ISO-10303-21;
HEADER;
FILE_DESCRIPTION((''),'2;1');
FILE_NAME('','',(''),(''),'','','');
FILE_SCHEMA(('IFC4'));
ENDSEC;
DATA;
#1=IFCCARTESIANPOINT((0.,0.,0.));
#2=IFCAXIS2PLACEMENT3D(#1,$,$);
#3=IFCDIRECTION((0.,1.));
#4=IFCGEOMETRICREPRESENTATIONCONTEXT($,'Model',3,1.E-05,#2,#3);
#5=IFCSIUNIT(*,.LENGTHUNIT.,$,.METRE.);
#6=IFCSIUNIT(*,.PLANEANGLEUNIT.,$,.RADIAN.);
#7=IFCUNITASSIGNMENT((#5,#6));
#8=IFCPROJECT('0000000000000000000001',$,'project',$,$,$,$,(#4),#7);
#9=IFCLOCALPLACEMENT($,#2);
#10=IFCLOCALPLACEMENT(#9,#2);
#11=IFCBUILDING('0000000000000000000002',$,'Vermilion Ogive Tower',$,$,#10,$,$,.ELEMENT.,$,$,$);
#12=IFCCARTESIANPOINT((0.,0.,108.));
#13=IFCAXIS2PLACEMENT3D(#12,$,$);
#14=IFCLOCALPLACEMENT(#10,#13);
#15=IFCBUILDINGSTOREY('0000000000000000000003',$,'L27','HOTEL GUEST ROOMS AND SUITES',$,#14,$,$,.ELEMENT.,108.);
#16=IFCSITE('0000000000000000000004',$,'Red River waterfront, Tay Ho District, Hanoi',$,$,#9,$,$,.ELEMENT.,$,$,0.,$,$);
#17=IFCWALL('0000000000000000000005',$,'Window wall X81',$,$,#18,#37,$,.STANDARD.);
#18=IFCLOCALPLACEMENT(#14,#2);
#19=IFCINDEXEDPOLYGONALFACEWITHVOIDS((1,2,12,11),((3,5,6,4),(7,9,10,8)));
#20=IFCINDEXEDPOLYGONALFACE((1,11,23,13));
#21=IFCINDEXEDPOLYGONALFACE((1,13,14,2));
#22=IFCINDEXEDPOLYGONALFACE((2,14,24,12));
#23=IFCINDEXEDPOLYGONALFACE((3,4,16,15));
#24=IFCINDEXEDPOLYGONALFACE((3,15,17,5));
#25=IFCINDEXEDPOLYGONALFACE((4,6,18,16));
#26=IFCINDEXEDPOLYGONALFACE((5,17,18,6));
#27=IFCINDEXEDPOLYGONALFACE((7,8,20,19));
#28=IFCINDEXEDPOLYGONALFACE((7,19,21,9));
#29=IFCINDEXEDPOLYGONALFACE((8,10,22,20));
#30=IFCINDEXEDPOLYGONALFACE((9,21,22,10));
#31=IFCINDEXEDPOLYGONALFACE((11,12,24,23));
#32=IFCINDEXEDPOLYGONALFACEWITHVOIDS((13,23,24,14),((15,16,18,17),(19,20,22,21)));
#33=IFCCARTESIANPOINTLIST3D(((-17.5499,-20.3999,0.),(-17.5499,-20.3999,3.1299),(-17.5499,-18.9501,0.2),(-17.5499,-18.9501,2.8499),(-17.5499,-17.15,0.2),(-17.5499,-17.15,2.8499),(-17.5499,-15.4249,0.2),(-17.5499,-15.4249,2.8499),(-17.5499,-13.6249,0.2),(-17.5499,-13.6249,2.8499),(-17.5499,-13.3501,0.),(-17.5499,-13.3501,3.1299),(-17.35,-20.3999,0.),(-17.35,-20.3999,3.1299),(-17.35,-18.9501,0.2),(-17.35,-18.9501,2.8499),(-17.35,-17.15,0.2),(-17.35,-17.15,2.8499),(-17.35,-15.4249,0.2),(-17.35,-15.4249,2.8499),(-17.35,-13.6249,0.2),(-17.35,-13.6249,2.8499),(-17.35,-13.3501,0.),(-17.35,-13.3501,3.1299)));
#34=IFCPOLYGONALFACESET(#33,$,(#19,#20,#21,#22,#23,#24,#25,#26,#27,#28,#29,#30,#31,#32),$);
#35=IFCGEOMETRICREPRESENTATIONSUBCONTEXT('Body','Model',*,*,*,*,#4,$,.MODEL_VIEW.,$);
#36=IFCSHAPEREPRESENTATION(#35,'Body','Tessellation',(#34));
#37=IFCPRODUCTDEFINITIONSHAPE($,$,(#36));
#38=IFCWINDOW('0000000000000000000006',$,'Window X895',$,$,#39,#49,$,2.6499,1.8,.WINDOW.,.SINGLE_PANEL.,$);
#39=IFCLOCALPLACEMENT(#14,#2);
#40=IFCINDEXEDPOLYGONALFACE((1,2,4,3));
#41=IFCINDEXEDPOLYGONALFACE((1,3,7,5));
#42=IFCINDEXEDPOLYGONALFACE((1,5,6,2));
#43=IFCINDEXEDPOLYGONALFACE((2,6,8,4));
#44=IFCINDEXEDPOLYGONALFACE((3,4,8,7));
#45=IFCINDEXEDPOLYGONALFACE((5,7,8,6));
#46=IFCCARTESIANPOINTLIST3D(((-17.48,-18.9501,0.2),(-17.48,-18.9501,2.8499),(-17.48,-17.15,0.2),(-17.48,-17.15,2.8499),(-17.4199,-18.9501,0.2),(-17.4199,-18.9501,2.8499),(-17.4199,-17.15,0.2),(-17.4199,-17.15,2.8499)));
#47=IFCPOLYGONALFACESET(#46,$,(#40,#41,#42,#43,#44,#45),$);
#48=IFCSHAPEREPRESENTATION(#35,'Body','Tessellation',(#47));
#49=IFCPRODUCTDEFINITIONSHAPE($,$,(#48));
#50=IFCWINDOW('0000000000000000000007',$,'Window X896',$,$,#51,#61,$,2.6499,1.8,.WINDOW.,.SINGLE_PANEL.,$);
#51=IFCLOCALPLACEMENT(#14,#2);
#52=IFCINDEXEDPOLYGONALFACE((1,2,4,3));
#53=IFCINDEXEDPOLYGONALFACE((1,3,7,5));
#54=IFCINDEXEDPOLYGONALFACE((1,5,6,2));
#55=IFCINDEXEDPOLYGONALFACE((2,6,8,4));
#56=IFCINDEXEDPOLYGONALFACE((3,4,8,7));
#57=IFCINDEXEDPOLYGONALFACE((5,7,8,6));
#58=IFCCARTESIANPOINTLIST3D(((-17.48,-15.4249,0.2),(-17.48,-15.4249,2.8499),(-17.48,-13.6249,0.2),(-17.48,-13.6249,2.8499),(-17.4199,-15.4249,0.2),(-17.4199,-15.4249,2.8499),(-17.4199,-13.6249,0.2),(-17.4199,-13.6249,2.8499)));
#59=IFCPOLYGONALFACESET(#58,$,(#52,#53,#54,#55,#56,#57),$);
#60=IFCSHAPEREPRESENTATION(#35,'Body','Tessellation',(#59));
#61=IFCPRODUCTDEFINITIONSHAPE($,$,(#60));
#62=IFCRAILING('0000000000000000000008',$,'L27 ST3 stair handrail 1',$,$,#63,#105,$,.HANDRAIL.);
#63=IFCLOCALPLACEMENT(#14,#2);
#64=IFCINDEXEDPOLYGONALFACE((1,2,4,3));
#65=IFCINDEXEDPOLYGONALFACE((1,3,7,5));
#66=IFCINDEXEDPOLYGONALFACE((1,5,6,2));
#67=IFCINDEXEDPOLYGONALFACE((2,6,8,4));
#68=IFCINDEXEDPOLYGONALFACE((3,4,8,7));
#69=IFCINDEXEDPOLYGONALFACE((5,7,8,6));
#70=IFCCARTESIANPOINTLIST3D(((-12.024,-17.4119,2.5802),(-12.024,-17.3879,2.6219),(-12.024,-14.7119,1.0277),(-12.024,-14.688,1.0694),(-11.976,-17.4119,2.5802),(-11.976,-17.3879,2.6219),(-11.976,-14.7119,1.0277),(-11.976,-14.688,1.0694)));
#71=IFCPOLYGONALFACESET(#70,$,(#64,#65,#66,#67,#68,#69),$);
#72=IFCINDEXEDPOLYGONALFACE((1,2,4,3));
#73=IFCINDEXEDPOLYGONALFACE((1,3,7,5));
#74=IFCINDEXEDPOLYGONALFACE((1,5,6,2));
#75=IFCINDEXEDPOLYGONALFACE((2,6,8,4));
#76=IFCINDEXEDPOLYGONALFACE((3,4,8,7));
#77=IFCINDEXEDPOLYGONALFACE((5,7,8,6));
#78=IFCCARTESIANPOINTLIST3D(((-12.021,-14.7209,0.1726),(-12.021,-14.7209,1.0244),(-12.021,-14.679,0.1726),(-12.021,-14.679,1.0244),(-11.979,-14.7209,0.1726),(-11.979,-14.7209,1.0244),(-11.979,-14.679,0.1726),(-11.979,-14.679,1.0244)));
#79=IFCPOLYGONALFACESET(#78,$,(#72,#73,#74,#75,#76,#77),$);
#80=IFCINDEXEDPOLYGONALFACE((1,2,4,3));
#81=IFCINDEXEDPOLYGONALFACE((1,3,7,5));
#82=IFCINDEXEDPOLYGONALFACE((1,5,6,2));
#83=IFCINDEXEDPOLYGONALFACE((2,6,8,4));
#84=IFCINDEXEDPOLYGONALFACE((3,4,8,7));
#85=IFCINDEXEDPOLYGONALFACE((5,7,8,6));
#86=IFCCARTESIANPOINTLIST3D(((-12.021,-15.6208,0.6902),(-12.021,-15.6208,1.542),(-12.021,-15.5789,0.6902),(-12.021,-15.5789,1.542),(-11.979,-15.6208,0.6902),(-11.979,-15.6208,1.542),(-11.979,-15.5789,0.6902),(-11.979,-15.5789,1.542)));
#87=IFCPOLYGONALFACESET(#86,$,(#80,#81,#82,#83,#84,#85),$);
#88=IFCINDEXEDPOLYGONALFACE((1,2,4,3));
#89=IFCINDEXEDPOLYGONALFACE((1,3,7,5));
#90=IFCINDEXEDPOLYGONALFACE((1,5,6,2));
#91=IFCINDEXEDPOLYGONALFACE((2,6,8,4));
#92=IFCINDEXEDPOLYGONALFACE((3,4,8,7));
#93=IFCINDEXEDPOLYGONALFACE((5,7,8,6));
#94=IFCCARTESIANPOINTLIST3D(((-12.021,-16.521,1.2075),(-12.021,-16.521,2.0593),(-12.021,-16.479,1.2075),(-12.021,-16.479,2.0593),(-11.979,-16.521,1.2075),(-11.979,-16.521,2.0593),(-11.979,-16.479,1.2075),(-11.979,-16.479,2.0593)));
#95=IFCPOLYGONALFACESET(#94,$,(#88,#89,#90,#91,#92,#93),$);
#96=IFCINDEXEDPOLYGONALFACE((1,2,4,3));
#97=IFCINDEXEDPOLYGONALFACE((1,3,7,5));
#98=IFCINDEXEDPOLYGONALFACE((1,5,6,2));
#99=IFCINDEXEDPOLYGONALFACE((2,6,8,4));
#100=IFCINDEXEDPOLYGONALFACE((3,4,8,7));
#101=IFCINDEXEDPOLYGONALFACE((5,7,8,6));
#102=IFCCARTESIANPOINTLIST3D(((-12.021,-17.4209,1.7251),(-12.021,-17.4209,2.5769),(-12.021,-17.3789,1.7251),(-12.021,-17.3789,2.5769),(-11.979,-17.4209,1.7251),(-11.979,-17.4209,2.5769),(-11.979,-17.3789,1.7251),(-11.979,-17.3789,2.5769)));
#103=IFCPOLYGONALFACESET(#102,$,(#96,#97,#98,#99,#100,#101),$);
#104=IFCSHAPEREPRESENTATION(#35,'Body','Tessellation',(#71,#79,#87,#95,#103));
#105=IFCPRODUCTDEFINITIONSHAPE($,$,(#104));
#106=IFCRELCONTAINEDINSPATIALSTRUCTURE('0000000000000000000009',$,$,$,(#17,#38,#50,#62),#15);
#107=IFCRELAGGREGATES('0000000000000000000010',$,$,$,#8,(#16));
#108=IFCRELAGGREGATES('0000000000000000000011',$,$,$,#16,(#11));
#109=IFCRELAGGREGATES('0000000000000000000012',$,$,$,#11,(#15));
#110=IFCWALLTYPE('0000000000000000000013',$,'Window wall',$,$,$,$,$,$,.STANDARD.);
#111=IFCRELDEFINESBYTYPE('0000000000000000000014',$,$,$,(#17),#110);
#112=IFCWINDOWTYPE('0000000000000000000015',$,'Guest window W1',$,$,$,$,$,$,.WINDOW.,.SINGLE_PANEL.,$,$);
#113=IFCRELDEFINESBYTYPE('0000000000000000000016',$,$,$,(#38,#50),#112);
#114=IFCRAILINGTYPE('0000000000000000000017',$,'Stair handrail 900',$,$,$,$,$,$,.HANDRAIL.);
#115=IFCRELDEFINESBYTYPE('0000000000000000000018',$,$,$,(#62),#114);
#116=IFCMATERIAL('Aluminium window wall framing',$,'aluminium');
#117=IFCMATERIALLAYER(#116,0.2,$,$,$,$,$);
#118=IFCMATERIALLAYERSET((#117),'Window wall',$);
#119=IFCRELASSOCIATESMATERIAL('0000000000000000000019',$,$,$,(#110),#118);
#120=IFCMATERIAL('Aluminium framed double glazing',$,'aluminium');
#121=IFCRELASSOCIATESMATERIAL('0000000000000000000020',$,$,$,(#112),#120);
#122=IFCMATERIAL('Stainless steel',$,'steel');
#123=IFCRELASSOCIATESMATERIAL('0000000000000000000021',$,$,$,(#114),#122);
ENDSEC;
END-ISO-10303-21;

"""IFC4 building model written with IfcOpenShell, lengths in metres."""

from ifc_helpers import new_model, si_unit, direction, frame, frame_2d, origin, origin_2d, place, context, subcontext, project, spatial, rectangle, extrude, material, layer, layer_set, type_object, element, fill, save


model = new_model("IFC4")

# Units and contexts
model_context = context("Model", 3, precision=1e-05, world=origin(), true_north=direction((0.0, 1.0)))
body_context = subcontext(model_context, "Body", "Model", "MODEL_VIEW")
ifc_project = project(units=[si_unit("LENGTHUNIT", "METRE"), si_unit("PLANEANGLEUNIT", "RADIAN")], contexts=[model_context])

# Site, building, storey
site_placement = place(None, origin())
site = spatial("IfcSite", under=ifc_project, at=site_placement, Name="Red River waterfront, Tay Ho District, Hanoi", CompositionType="ELEMENT", RefElevation=0.0)
building_placement = place(site_placement, origin())
building = spatial("IfcBuilding", under=site, at=building_placement, Name="Vermilion Ogive Tower", CompositionType="ELEMENT")
storey_placement = place(building_placement, frame((0.0, 0.0, 108.0)))
storey = spatial("IfcBuildingStorey", under=building, at=storey_placement, Name="L27", Description="HOTEL GUEST ROOMS AND SUITES", CompositionType="ELEMENT", Elevation=108.0)

# Shared definitions
ifc_material_1 = material(Name="Aluminium window wall framing", Category="aluminium")
ifc_layer_1 = layer(ifc_material_1, 0.2)
ifc_layer_set_1 = layer_set([ifc_layer_1], Name="Window wall")
wall_type_1 = type_object("IfcWallType", Name="Window wall", PredefinedType="STANDARD", material=ifc_layer_set_1)

# Wall, openings, windows
wall_1_placement = place(storey_placement, frame((-17.45, -13.3501, 0.0), z_axis=(0.0, 0.0, 1.0), x_axis=(0.0, -1.0, 0.0)))
wall_1 = element("IfcWall", 1, at=wall_1_placement, inside=storey, type_object=wall_type_1, Name="Window wall X81", PredefinedType="STANDARD", context=body_context, shape_type="SweptSolid", body=[
    extrude(rectangle(XDim=7.0498, YDim=0.2, at=frame_2d((3.5249, 0.0))), origin(), (0.0, 0.0, 1.0), 3.1299),
])
opening_1_placement = place(wall_1_placement, frame((3.8, 0.0, 0.2)))
opening_1 = element("IfcOpeningElement", 2, at=opening_1_placement, cuts=wall_1, PredefinedType="OPENING", context=body_context, shape_type="SweptSolid", body=[
    extrude(rectangle(XDim=1.8, YDim=2.6499, at=frame_2d((0.8999, 1.325))), frame((0.0, 0.1099, 0.0), z_axis=(0.0, -1.0, 0.0), x_axis=(1.0, 0.0, 0.0)), (0.0, 0.0, 1.0), 0.22),
])
opening_2_placement = place(wall_1_placement, frame((0.2749, 0.0, 0.2)))
opening_2 = element("IfcOpeningElement", 3, at=opening_2_placement, cuts=wall_1, PredefinedType="OPENING", context=body_context, shape_type="SweptSolid", body=[
    extrude(rectangle(XDim=1.8, YDim=2.6499, at=frame_2d((0.8999, 1.325))), frame((0.0, 0.1099, 0.0), z_axis=(0.0, -1.0, 0.0), x_axis=(1.0, 0.0, 0.0)), (0.0, 0.0, 1.0), 0.22),
])
ifc_material_2 = material(Name="Aluminium framed double glazing", Category="aluminium")
window_type = type_object("IfcWindowType", Name="Guest window W1", PartitioningType="SINGLE_PANEL", PredefinedType="WINDOW", material=ifc_material_2)
window_1_placement = place(opening_1_placement, origin())
window_1 = element("IfcWindow", 4, at=window_1_placement, inside=storey, type_object=window_type, Name="Window X895", OverallHeight=2.6499, OverallWidth=1.8, PartitioningType="SINGLE_PANEL", PredefinedType="WINDOW", context=body_context, shape_type="SweptSolid", body=[
    extrude(rectangle(XDim=1.8, YDim=2.6499, at=frame_2d((0.8999, 1.325))), frame((0.0, 0.03, 0.0), z_axis=(0.0, -1.0, 0.0), x_axis=(1.0, 0.0, 0.0)), (0.0, 0.0, 1.0), 0.0601),
])
fill(opening_1, window_1)
window_2_placement = place(opening_2_placement, origin())
window_2 = element("IfcWindow", 5, at=window_2_placement, inside=storey, type_object=window_type, Name="Window X896", OverallHeight=2.6499, OverallWidth=1.8, PartitioningType="SINGLE_PANEL", PredefinedType="WINDOW", context=body_context, shape_type="SweptSolid", body=[
    extrude(rectangle(XDim=1.8, YDim=2.6499, at=frame_2d((0.8999, 1.325))), frame((0.0, 0.03, 0.0), z_axis=(0.0, -1.0, 0.0), x_axis=(1.0, 0.0, 0.0)), (0.0, 0.0, 1.0), 0.0601),
])
fill(opening_2, window_2)

# Railing
ifc_material_3 = material(Name="Stainless steel", Category="steel")
railing_type = type_object("IfcRailingType", Name="Stair handrail 900", PredefinedType="HANDRAIL", material=ifc_material_3)
railing_placement = place(storey_placement, frame((-12.0, -14.7, 0.1726)))
element("IfcRailing", 6, at=railing_placement, inside=storey, type_object=railing_type, Name="L27 ST3 stair handrail 1", PredefinedType="HANDRAIL", context=body_context, shape_type="SweptSolid", body=[
    extrude(rectangle(XDim=0.0481, YDim=0.0481, at=origin_2d()), frame((0.0, 0.0, 0.876), z_axis=(0.0, -0.866904, 0.498476), x_axis=(1.0, 0.0, 0.0)), (0.0, 0.0, 1.0), 3.1145),
    extrude(rectangle(XDim=0.042, YDim=0.042, at=origin_2d()), origin(), (0.0, 0.0, 1.0), 0.8518),
    extrude(rectangle(XDim=0.042, YDim=0.042, at=origin_2d()), frame((0.0, -0.8999, 0.5176)), (0.0, 0.0, 1.0), 0.8518),
    extrude(rectangle(XDim=0.042, YDim=0.042, at=origin_2d()), frame((0.0, -1.8, 1.0349)), (0.0, 0.0, 1.0), 0.8518),
    extrude(rectangle(XDim=0.042, YDim=0.042, at=origin_2d()), frame((0.0, -2.7, 1.5525)), (0.0, 0.0, 1.0), 0.8518),
])

save(model, "model.ifc")
